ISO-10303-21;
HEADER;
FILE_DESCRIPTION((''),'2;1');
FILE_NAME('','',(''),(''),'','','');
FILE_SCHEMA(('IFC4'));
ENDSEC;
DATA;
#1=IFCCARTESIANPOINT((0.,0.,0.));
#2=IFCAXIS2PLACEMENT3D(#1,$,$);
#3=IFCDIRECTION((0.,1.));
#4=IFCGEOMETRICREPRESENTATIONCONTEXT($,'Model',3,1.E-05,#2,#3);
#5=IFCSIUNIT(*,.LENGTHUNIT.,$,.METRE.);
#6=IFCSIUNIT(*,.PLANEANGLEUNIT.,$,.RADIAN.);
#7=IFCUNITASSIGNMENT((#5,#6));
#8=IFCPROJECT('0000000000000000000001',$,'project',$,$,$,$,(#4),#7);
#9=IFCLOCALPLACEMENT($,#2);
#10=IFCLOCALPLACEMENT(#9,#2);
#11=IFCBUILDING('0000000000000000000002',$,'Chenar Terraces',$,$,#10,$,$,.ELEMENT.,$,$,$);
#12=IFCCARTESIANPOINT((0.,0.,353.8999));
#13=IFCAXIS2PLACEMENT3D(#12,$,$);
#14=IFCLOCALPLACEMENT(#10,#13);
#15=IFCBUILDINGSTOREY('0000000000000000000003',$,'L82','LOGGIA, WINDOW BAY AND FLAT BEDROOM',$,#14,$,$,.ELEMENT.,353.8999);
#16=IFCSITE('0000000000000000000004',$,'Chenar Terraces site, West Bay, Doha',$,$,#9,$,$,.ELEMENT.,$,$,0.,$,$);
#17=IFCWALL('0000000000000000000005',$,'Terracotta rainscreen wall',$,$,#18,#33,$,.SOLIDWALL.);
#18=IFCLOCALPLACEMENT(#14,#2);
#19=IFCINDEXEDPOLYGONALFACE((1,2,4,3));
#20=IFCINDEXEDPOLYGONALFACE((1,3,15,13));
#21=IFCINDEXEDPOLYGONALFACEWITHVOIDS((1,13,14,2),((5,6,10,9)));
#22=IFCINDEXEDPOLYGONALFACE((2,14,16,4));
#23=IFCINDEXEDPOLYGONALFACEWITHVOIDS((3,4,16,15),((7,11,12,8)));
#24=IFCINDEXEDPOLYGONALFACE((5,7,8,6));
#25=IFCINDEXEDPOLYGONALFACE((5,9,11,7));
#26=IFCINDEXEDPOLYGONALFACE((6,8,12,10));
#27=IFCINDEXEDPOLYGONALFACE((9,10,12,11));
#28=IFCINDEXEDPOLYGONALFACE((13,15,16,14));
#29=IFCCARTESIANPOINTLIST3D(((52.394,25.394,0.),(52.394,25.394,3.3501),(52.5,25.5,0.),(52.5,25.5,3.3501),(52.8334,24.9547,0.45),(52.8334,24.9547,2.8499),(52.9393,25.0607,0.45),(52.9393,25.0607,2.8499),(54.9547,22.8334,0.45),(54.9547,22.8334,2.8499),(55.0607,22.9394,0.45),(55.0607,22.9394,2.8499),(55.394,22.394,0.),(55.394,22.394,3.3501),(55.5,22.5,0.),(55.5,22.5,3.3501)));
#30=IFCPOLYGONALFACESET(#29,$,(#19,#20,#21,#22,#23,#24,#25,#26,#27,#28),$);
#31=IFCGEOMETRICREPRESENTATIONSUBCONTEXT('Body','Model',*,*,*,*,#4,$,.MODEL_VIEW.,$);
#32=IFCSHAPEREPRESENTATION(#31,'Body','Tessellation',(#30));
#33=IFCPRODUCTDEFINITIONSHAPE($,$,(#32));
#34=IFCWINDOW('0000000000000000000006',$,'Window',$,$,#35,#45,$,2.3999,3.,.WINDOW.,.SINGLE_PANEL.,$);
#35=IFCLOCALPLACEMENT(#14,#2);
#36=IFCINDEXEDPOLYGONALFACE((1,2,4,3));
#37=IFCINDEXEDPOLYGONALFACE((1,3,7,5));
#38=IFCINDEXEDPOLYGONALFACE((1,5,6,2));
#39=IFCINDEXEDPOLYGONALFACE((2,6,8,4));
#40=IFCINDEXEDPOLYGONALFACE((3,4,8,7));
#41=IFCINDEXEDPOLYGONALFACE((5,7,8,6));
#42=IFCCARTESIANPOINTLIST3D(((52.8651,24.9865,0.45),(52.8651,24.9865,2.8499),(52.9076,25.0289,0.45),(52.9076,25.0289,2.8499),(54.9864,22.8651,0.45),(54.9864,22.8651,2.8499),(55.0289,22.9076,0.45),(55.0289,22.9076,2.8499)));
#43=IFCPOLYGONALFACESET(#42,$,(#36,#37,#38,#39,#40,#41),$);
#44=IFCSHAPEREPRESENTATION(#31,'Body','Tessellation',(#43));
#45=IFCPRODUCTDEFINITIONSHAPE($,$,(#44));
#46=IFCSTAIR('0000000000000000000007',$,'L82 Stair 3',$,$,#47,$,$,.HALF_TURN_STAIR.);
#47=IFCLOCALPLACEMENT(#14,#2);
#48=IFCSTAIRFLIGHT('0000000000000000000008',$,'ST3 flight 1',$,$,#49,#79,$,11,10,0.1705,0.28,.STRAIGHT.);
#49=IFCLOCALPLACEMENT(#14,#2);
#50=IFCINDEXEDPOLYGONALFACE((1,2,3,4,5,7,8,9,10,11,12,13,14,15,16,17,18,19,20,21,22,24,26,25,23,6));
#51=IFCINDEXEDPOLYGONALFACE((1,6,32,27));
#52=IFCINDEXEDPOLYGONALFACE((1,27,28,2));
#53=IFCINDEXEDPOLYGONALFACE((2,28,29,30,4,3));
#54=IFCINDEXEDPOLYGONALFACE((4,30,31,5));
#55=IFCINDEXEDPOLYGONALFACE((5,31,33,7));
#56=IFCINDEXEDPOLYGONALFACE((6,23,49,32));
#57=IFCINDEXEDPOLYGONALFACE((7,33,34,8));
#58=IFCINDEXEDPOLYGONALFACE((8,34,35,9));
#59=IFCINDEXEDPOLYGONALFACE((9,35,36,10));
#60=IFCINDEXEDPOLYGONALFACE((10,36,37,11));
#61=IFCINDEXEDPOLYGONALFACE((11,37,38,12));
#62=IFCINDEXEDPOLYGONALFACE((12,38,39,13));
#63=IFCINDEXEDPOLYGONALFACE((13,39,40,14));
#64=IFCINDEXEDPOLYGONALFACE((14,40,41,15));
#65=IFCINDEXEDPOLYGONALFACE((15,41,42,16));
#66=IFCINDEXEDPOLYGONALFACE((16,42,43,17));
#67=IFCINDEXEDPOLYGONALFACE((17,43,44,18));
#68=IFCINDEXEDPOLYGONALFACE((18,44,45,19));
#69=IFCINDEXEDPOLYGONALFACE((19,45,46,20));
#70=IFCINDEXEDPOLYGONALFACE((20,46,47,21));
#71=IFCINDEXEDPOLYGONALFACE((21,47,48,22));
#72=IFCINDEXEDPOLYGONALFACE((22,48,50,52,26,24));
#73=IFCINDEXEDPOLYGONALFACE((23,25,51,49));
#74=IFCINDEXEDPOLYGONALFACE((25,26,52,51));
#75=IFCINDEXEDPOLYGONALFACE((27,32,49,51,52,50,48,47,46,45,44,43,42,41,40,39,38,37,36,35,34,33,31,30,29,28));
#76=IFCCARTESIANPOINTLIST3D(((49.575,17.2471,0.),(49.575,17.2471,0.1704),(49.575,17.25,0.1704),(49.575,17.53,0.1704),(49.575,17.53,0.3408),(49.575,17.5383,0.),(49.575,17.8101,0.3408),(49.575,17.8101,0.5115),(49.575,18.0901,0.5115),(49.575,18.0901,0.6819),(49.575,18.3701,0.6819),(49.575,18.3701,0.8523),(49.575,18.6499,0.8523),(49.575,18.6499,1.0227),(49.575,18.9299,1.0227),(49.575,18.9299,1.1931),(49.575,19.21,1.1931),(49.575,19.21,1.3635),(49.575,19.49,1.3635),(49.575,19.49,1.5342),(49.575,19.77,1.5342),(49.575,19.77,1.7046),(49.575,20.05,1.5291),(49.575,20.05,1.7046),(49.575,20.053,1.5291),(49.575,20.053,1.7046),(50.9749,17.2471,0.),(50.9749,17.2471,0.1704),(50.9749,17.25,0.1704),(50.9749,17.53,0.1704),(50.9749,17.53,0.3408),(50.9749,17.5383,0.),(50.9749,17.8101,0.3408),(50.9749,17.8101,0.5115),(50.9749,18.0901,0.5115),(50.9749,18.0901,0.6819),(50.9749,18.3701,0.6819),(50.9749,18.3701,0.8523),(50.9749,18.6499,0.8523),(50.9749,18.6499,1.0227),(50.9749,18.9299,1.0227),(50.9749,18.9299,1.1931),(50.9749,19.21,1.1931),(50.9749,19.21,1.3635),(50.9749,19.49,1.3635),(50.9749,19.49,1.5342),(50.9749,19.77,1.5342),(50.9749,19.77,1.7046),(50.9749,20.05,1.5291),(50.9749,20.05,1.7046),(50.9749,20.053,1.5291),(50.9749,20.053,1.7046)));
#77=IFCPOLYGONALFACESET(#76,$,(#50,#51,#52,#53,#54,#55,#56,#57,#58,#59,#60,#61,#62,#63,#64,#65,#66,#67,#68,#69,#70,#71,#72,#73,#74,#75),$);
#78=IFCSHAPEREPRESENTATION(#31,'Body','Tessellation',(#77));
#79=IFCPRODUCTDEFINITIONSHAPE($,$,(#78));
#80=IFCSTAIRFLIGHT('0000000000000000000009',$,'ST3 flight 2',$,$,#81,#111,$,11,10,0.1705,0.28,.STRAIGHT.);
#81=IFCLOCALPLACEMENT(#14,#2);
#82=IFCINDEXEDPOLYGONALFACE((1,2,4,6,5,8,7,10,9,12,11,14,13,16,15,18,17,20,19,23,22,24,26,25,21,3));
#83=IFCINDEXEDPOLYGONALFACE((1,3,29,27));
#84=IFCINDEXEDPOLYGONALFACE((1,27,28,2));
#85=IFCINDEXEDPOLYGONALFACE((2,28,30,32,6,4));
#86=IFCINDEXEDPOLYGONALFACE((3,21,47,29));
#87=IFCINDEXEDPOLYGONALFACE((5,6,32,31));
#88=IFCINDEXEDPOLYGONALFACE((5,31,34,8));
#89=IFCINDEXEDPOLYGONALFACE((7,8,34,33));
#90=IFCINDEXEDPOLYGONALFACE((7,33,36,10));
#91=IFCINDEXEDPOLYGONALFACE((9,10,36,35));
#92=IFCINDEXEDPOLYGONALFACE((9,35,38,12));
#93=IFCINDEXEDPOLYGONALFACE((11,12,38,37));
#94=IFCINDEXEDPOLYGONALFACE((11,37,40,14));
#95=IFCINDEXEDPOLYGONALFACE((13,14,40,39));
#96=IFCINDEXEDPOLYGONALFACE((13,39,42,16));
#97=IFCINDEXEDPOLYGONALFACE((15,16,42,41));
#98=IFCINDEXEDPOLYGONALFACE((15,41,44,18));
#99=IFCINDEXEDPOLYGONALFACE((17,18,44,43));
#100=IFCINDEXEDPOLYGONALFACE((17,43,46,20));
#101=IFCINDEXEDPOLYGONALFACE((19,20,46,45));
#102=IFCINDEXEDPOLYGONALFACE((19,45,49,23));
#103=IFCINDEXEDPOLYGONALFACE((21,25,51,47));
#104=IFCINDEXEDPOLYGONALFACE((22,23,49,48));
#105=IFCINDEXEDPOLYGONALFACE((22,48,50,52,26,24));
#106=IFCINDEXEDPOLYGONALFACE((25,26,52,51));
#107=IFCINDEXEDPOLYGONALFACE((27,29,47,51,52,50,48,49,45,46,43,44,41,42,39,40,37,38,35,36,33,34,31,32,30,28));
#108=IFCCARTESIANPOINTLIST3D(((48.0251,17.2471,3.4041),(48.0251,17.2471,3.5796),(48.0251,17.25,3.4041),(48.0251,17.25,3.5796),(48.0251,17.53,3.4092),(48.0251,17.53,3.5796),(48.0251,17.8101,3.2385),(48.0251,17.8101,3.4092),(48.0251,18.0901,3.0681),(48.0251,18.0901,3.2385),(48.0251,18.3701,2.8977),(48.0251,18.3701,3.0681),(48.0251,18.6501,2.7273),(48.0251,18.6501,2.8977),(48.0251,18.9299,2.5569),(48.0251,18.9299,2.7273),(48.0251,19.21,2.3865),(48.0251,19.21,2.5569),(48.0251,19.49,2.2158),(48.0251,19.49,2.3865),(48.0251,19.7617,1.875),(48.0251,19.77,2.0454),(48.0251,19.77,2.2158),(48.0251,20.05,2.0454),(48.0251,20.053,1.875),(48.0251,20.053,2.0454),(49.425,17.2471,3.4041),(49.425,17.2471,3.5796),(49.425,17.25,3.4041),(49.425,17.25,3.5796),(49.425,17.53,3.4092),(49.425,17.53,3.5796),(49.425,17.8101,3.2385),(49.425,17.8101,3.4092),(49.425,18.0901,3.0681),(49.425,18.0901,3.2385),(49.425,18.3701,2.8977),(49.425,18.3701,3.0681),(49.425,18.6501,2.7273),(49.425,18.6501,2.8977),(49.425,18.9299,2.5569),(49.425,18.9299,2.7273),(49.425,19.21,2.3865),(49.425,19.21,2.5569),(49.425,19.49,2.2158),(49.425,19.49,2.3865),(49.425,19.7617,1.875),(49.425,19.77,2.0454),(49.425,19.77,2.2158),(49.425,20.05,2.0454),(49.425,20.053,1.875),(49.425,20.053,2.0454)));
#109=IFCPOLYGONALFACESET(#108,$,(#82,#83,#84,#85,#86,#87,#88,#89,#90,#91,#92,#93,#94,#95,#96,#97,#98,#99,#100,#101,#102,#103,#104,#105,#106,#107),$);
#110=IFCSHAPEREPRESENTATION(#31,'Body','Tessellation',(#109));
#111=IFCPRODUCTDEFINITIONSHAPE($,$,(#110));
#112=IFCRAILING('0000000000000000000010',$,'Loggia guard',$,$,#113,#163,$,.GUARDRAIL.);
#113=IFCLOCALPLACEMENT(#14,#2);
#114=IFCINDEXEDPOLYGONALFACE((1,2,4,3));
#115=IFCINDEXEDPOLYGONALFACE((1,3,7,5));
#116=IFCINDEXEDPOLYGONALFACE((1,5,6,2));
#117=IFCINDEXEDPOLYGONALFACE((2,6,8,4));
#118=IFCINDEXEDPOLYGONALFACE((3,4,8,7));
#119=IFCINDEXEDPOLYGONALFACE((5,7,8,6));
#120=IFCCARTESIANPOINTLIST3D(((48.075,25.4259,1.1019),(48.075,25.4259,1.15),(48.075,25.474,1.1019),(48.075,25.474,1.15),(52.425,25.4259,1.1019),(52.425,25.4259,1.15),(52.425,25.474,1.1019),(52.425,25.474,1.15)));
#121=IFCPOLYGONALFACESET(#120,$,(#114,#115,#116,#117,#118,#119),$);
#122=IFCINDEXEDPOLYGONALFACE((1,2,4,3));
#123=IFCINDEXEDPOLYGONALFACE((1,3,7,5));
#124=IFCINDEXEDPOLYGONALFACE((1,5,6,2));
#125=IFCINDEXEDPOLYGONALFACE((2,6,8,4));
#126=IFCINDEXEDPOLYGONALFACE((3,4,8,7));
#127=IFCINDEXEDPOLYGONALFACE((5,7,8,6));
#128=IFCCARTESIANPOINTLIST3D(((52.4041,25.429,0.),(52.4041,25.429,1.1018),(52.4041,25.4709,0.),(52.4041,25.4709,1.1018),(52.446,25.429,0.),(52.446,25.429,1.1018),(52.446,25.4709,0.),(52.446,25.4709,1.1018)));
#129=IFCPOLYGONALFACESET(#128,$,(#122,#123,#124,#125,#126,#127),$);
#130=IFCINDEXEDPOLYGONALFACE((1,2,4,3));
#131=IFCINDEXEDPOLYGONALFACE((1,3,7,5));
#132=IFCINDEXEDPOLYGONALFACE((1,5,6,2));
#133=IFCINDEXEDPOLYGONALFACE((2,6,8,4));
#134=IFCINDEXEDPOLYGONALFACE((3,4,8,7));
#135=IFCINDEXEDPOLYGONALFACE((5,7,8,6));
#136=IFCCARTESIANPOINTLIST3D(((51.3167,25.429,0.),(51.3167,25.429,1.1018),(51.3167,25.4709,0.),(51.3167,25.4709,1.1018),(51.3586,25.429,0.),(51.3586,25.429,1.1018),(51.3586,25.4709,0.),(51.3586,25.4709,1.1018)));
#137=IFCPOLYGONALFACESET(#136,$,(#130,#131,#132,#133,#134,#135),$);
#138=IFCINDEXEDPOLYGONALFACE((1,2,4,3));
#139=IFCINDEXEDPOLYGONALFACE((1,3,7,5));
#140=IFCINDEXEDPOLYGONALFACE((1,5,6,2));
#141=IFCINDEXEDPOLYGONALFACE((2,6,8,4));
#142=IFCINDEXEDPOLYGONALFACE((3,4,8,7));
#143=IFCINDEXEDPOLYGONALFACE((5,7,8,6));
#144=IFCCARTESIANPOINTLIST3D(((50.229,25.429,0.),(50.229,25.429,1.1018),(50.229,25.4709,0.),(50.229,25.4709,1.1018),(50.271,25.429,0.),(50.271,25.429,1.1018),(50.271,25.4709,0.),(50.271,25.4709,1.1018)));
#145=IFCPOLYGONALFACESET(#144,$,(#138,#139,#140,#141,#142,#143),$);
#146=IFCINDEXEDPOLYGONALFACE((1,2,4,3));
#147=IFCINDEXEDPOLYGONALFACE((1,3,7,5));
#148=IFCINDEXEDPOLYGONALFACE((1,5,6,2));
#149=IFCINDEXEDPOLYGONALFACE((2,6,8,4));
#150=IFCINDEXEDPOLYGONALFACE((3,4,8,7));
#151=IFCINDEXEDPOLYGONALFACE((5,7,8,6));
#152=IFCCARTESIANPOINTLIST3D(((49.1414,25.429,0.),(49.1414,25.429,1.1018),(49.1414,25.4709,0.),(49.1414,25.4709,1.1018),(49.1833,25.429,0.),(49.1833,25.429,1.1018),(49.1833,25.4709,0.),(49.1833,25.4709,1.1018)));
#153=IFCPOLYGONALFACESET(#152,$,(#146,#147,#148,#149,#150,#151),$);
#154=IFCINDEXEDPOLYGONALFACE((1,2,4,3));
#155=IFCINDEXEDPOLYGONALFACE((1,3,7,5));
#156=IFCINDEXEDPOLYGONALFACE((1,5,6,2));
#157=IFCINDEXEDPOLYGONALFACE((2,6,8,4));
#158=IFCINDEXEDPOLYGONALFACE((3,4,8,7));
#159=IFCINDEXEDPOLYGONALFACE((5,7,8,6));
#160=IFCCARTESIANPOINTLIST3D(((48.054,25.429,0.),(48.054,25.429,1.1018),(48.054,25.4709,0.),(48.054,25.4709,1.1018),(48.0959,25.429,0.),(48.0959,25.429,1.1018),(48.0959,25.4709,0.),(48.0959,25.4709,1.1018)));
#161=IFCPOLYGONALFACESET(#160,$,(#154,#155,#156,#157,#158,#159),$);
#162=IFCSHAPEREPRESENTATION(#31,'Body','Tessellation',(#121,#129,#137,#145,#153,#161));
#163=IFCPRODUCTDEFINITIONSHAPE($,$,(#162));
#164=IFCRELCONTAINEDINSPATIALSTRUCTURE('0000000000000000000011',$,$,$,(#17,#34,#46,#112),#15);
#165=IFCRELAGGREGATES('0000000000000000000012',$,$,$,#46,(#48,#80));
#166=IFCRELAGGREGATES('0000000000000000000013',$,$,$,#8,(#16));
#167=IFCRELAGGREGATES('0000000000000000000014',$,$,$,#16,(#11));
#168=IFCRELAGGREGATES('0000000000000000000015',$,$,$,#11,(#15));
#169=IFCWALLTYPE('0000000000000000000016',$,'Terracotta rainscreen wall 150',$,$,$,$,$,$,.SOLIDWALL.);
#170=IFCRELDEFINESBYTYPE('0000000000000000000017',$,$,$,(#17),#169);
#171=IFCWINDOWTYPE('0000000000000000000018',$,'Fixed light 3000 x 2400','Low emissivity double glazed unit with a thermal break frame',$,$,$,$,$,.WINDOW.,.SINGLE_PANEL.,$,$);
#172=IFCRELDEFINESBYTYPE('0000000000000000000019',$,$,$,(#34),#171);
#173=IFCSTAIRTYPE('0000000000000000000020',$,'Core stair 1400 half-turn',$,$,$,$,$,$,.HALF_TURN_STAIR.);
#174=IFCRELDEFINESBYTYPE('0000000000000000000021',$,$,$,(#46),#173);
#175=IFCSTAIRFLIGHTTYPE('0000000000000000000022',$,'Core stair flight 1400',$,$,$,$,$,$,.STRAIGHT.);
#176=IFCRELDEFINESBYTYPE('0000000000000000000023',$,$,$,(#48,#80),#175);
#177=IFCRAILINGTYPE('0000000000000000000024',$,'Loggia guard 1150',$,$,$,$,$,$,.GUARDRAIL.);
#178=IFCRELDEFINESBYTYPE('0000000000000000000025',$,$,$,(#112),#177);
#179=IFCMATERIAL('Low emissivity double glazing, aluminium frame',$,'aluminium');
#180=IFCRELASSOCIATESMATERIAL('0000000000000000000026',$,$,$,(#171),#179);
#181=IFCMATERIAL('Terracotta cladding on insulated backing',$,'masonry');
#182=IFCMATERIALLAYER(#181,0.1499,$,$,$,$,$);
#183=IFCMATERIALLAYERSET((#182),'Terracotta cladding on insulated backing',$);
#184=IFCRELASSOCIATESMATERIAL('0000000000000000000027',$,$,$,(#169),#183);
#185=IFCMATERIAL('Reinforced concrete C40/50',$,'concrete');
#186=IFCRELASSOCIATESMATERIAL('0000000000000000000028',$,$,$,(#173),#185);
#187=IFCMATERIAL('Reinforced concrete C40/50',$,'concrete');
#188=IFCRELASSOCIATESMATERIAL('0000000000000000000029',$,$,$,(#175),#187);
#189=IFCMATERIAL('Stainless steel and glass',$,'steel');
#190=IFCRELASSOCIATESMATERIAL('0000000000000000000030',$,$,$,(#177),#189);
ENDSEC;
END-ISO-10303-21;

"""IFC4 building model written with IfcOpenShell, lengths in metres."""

from ifc_helpers import new_model, si_unit, direction, frame, frame_2d, origin, origin_2d, place, context, subcontext, project, spatial, polyline, rectangle, outline, extrude, material, layer, layer_set, type_object, element, fill, aggregate, save


model = new_model("IFC4")

# Units and contexts
model_context = context("Model", 3, precision=1e-05, world=origin(), true_north=direction((0.0, 1.0)))
body_context = subcontext(model_context, "Body", "Model", "MODEL_VIEW")
ifc_project = project(units=[si_unit("LENGTHUNIT", "METRE"), si_unit("PLANEANGLEUNIT", "RADIAN")], contexts=[model_context])

# Site, building, storey
site_placement = place(None, origin())
site = spatial("IfcSite", under=ifc_project, at=site_placement, Name="Chenar Terraces site, West Bay, Doha", CompositionType="ELEMENT", RefElevation=0.0)
building_placement = place(site_placement, origin())
building = spatial("IfcBuilding", under=site, at=building_placement, Name="Chenar Terraces", CompositionType="ELEMENT")
storey_placement = place(building_placement, frame((0.0, 0.0, 353.8999)))
storey = spatial("IfcBuildingStorey", under=building, at=storey_placement, Name="L82", Description="LOGGIA, WINDOW BAY AND FLAT BEDROOM", CompositionType="ELEMENT", Elevation=353.8999)

# Shared definitions
ifc_material_1 = material(Name="Low emissivity double glazing, aluminium frame", Category="aluminium")
window_type_1 = type_object("IfcWindowType", Name="Fixed light 3000 x 2400", Description="Low emissivity double glazed unit with a thermal break frame", PartitioningType="SINGLE_PANEL", PredefinedType="WINDOW", material=ifc_material_1)

# Wall, opening, window
ifc_material_2 = material(Name="Terracotta cladding on insulated backing", Category="masonry")
ifc_layer_1 = layer(ifc_material_2, 0.1499)
ifc_layer_set_1 = layer_set([ifc_layer_1], Name="Terracotta cladding on insulated backing")
wall_type_1 = type_object("IfcWallType", Name="Terracotta rainscreen wall 150", PredefinedType="SOLIDWALL", material=ifc_layer_set_1)
wall_1_placement = place(storey_placement, frame((55.447, 22.447, 0.0), z_axis=(0.0, 0.0, 1.0), x_axis=(-0.707107, 0.707107, 0.0)))
wall_1 = element("IfcWall", 1, at=wall_1_placement, inside=storey, type_object=wall_type_1, Name="Terracotta rainscreen wall", PredefinedType="SOLIDWALL", context=body_context, shape_type="SweptSolid", body=[
    extrude(rectangle(XDim=4.2427, YDim=0.1499, at=frame_2d((2.1213, 0.0))), origin(), (0.0, 0.0, 1.0), 3.3501),
])
opening_1_placement = place(wall_1_placement, frame((0.6213, 0.0, 0.45)))
opening_1 = element("IfcOpeningElement", 2, at=opening_1_placement, cuts=wall_1, PredefinedType="OPENING", context=body_context, shape_type="SweptSolid", body=[
    extrude(rectangle(XDim=3.0, YDim=2.3999, at=frame_2d((1.5, 1.2))), frame((0.0, 0.085, 0.0), z_axis=(0.0, -1.0, 0.0), x_axis=(1.0, 0.0, 0.0)), (0.0, 0.0, 1.0), 0.1699),
])
window_1_placement = place(opening_1_placement, origin())
window_1 = element("IfcWindow", 3, at=window_1_placement, inside=storey, type_object=window_type_1, Name="Window", OverallHeight=2.3999, OverallWidth=3.0, PartitioningType="SINGLE_PANEL", PredefinedType="WINDOW", context=body_context, shape_type="SweptSolid", body=[
    extrude(rectangle(XDim=3.0, YDim=2.3999, at=frame_2d((1.5, 1.2))), frame((0.0, 0.03, 0.0), z_axis=(0.0, -1.0, 0.0), x_axis=(1.0, 0.0, 0.0)), (0.0, 0.0, 1.0), 0.0601),
])
fill(opening_1, window_1)

# Stair, stair flights
ifc_material_3 = material(Name="Reinforced concrete C40/50", Category="concrete")
stair_type = type_object("IfcStairType", Name="Core stair 1400 half-turn", PredefinedType="HALF_TURN_STAIR", material=ifc_material_3)
stair_placement = place(storey_placement, origin())
stair = element("IfcStair", 4, at=stair_placement, inside=storey, type_object=stair_type, Name="L82 Stair 3", PredefinedType="HALF_TURN_STAIR")
ifc_material_4 = material(Name="Reinforced concrete C40/50", Category="concrete")
stair_flight_type = type_object("IfcStairFlightType", Name="Core stair flight 1400", PredefinedType="STRAIGHT", material=ifc_material_4)
stair_flight_1_placement = place(storey_placement, frame((50.2749, 17.25, 0.0), z_axis=(0.0, 0.0, 1.0), x_axis=(0.0, 1.0, 0.0)))
stair_flight_1 = element("IfcStairFlight", 5, at=stair_flight_1_placement, type_object=stair_flight_type, Name="ST3 flight 1", NumberOfRisers=11, NumberOfTreads=10, PredefinedType="STRAIGHT", RiserHeight=0.1705, TreadLength=0.28, context=body_context, shape_type="SweptSolid", body=[
    extrude(outline(polyline([(-0.0029, 0.0), (-0.0029, 0.1704), (0.0, 0.1704), (0.28, 0.1704), (0.28, 0.3408), (0.5601, 0.3408), (0.5601, 0.5115), (0.8401, 0.5115), (0.8401, 0.6819), (1.1201, 0.6819), (1.1201, 0.8523), (1.3999, 0.8523), (1.3999, 1.0227), (1.6799, 1.0227), (1.6799, 1.1931), (1.96, 1.1931), (1.96, 1.3635), (2.24, 1.3635), (2.24, 1.5342), (2.52, 1.5342), (2.52, 1.7046), (2.8, 1.7046), (2.803, 1.7046), (2.803, 1.5291), (2.8, 1.5291), (0.2883, 0.0), (-0.0029, 0.0)])), frame((0.0, 0.7, 0.0), z_axis=(0.0, -1.0, 0.0), x_axis=(1.0, 0.0, 0.0)), (0.0, 0.0, 1.0), 1.3999),
])
stair_flight_2_placement = place(storey_placement, frame((48.7251, 20.05, 1.875), z_axis=(0.0, 0.0, 1.0), x_axis=(0.0, -1.0, 0.0)))
stair_flight_2 = element("IfcStairFlight", 6, at=stair_flight_2_placement, type_object=stair_flight_type, Name="ST3 flight 2", NumberOfRisers=11, NumberOfTreads=10, PredefinedType="STRAIGHT", RiserHeight=0.1705, TreadLength=0.28, context=body_context, shape_type="SweptSolid", body=[
    extrude(outline(polyline([(-0.0029, 0.0), (-0.0029, 0.1704), (0.0, 0.1704), (0.28, 0.1704), (0.28, 0.3408), (0.5601, 0.3408), (0.5601, 0.5115), (0.8401, 0.5115), (0.8401, 0.6819), (1.1201, 0.6819), (1.1201, 0.8523), (1.3999, 0.8523), (1.3999, 1.0227), (1.6799, 1.0227), (1.6799, 1.1931), (1.96, 1.1931), (1.96, 1.3635), (2.24, 1.3635), (2.24, 1.5342), (2.52, 1.5342), (2.52, 1.7046), (2.8, 1.7046), (2.803, 1.7046), (2.803, 1.5291), (2.8, 1.5291), (0.2883, 0.0), (-0.0029, 0.0)])), frame((0.0, 0.7, 0.0), z_axis=(0.0, -1.0, 0.0), x_axis=(1.0, 0.0, 0.0)), (0.0, 0.0, 1.0), 1.3999),
])
aggregate(stair, [stair_flight_1, stair_flight_2])

# Railing
ifc_material_5 = material(Name="Stainless steel and glass", Category="steel")
railing_type_1 = type_object("IfcRailingType", Name="Loggia guard 1150", PredefinedType="GUARDRAIL", material=ifc_material_5)
railing_1_placement = place(storey_placement, frame((52.425, 25.45, 0.0)))
element("IfcRailing", 7, at=railing_1_placement, inside=storey, type_object=railing_type_1, Name="Loggia guard", PredefinedType="GUARDRAIL", context=body_context, shape_type="SweptSolid", body=[
    extrude(rectangle(XDim=0.0481, YDim=0.0481, at=origin_2d()), frame((0.0, 0.0, 1.126), z_axis=(-1.0, 0.0, 0.0), x_axis=(0.0, -1.0, 0.0)), (0.0, 0.0, 1.0), 4.3501),
    extrude(rectangle(XDim=0.042, YDim=0.042, at=origin_2d()), origin(), (0.0, 0.0, 1.0), 1.1018),
    extrude(rectangle(XDim=0.042, YDim=0.042, at=origin_2d()), frame((-1.0874, 0.0, 0.0)), (0.0, 0.0, 1.0), 1.1018),
    extrude(rectangle(XDim=0.042, YDim=0.042, at=origin_2d()), frame((-2.175, 0.0, 0.0)), (0.0, 0.0, 1.0), 1.1018),
    extrude(rectangle(XDim=0.042, YDim=0.042, at=origin_2d()), frame((-3.2627, 0.0, 0.0)), (0.0, 0.0, 1.0), 1.1018),
    extrude(rectangle(XDim=0.042, YDim=0.042, at=origin_2d()), frame((-4.3501, 0.0, 0.0)), (0.0, 0.0, 1.0), 1.1018),
])

save(model, "model.ifc")
